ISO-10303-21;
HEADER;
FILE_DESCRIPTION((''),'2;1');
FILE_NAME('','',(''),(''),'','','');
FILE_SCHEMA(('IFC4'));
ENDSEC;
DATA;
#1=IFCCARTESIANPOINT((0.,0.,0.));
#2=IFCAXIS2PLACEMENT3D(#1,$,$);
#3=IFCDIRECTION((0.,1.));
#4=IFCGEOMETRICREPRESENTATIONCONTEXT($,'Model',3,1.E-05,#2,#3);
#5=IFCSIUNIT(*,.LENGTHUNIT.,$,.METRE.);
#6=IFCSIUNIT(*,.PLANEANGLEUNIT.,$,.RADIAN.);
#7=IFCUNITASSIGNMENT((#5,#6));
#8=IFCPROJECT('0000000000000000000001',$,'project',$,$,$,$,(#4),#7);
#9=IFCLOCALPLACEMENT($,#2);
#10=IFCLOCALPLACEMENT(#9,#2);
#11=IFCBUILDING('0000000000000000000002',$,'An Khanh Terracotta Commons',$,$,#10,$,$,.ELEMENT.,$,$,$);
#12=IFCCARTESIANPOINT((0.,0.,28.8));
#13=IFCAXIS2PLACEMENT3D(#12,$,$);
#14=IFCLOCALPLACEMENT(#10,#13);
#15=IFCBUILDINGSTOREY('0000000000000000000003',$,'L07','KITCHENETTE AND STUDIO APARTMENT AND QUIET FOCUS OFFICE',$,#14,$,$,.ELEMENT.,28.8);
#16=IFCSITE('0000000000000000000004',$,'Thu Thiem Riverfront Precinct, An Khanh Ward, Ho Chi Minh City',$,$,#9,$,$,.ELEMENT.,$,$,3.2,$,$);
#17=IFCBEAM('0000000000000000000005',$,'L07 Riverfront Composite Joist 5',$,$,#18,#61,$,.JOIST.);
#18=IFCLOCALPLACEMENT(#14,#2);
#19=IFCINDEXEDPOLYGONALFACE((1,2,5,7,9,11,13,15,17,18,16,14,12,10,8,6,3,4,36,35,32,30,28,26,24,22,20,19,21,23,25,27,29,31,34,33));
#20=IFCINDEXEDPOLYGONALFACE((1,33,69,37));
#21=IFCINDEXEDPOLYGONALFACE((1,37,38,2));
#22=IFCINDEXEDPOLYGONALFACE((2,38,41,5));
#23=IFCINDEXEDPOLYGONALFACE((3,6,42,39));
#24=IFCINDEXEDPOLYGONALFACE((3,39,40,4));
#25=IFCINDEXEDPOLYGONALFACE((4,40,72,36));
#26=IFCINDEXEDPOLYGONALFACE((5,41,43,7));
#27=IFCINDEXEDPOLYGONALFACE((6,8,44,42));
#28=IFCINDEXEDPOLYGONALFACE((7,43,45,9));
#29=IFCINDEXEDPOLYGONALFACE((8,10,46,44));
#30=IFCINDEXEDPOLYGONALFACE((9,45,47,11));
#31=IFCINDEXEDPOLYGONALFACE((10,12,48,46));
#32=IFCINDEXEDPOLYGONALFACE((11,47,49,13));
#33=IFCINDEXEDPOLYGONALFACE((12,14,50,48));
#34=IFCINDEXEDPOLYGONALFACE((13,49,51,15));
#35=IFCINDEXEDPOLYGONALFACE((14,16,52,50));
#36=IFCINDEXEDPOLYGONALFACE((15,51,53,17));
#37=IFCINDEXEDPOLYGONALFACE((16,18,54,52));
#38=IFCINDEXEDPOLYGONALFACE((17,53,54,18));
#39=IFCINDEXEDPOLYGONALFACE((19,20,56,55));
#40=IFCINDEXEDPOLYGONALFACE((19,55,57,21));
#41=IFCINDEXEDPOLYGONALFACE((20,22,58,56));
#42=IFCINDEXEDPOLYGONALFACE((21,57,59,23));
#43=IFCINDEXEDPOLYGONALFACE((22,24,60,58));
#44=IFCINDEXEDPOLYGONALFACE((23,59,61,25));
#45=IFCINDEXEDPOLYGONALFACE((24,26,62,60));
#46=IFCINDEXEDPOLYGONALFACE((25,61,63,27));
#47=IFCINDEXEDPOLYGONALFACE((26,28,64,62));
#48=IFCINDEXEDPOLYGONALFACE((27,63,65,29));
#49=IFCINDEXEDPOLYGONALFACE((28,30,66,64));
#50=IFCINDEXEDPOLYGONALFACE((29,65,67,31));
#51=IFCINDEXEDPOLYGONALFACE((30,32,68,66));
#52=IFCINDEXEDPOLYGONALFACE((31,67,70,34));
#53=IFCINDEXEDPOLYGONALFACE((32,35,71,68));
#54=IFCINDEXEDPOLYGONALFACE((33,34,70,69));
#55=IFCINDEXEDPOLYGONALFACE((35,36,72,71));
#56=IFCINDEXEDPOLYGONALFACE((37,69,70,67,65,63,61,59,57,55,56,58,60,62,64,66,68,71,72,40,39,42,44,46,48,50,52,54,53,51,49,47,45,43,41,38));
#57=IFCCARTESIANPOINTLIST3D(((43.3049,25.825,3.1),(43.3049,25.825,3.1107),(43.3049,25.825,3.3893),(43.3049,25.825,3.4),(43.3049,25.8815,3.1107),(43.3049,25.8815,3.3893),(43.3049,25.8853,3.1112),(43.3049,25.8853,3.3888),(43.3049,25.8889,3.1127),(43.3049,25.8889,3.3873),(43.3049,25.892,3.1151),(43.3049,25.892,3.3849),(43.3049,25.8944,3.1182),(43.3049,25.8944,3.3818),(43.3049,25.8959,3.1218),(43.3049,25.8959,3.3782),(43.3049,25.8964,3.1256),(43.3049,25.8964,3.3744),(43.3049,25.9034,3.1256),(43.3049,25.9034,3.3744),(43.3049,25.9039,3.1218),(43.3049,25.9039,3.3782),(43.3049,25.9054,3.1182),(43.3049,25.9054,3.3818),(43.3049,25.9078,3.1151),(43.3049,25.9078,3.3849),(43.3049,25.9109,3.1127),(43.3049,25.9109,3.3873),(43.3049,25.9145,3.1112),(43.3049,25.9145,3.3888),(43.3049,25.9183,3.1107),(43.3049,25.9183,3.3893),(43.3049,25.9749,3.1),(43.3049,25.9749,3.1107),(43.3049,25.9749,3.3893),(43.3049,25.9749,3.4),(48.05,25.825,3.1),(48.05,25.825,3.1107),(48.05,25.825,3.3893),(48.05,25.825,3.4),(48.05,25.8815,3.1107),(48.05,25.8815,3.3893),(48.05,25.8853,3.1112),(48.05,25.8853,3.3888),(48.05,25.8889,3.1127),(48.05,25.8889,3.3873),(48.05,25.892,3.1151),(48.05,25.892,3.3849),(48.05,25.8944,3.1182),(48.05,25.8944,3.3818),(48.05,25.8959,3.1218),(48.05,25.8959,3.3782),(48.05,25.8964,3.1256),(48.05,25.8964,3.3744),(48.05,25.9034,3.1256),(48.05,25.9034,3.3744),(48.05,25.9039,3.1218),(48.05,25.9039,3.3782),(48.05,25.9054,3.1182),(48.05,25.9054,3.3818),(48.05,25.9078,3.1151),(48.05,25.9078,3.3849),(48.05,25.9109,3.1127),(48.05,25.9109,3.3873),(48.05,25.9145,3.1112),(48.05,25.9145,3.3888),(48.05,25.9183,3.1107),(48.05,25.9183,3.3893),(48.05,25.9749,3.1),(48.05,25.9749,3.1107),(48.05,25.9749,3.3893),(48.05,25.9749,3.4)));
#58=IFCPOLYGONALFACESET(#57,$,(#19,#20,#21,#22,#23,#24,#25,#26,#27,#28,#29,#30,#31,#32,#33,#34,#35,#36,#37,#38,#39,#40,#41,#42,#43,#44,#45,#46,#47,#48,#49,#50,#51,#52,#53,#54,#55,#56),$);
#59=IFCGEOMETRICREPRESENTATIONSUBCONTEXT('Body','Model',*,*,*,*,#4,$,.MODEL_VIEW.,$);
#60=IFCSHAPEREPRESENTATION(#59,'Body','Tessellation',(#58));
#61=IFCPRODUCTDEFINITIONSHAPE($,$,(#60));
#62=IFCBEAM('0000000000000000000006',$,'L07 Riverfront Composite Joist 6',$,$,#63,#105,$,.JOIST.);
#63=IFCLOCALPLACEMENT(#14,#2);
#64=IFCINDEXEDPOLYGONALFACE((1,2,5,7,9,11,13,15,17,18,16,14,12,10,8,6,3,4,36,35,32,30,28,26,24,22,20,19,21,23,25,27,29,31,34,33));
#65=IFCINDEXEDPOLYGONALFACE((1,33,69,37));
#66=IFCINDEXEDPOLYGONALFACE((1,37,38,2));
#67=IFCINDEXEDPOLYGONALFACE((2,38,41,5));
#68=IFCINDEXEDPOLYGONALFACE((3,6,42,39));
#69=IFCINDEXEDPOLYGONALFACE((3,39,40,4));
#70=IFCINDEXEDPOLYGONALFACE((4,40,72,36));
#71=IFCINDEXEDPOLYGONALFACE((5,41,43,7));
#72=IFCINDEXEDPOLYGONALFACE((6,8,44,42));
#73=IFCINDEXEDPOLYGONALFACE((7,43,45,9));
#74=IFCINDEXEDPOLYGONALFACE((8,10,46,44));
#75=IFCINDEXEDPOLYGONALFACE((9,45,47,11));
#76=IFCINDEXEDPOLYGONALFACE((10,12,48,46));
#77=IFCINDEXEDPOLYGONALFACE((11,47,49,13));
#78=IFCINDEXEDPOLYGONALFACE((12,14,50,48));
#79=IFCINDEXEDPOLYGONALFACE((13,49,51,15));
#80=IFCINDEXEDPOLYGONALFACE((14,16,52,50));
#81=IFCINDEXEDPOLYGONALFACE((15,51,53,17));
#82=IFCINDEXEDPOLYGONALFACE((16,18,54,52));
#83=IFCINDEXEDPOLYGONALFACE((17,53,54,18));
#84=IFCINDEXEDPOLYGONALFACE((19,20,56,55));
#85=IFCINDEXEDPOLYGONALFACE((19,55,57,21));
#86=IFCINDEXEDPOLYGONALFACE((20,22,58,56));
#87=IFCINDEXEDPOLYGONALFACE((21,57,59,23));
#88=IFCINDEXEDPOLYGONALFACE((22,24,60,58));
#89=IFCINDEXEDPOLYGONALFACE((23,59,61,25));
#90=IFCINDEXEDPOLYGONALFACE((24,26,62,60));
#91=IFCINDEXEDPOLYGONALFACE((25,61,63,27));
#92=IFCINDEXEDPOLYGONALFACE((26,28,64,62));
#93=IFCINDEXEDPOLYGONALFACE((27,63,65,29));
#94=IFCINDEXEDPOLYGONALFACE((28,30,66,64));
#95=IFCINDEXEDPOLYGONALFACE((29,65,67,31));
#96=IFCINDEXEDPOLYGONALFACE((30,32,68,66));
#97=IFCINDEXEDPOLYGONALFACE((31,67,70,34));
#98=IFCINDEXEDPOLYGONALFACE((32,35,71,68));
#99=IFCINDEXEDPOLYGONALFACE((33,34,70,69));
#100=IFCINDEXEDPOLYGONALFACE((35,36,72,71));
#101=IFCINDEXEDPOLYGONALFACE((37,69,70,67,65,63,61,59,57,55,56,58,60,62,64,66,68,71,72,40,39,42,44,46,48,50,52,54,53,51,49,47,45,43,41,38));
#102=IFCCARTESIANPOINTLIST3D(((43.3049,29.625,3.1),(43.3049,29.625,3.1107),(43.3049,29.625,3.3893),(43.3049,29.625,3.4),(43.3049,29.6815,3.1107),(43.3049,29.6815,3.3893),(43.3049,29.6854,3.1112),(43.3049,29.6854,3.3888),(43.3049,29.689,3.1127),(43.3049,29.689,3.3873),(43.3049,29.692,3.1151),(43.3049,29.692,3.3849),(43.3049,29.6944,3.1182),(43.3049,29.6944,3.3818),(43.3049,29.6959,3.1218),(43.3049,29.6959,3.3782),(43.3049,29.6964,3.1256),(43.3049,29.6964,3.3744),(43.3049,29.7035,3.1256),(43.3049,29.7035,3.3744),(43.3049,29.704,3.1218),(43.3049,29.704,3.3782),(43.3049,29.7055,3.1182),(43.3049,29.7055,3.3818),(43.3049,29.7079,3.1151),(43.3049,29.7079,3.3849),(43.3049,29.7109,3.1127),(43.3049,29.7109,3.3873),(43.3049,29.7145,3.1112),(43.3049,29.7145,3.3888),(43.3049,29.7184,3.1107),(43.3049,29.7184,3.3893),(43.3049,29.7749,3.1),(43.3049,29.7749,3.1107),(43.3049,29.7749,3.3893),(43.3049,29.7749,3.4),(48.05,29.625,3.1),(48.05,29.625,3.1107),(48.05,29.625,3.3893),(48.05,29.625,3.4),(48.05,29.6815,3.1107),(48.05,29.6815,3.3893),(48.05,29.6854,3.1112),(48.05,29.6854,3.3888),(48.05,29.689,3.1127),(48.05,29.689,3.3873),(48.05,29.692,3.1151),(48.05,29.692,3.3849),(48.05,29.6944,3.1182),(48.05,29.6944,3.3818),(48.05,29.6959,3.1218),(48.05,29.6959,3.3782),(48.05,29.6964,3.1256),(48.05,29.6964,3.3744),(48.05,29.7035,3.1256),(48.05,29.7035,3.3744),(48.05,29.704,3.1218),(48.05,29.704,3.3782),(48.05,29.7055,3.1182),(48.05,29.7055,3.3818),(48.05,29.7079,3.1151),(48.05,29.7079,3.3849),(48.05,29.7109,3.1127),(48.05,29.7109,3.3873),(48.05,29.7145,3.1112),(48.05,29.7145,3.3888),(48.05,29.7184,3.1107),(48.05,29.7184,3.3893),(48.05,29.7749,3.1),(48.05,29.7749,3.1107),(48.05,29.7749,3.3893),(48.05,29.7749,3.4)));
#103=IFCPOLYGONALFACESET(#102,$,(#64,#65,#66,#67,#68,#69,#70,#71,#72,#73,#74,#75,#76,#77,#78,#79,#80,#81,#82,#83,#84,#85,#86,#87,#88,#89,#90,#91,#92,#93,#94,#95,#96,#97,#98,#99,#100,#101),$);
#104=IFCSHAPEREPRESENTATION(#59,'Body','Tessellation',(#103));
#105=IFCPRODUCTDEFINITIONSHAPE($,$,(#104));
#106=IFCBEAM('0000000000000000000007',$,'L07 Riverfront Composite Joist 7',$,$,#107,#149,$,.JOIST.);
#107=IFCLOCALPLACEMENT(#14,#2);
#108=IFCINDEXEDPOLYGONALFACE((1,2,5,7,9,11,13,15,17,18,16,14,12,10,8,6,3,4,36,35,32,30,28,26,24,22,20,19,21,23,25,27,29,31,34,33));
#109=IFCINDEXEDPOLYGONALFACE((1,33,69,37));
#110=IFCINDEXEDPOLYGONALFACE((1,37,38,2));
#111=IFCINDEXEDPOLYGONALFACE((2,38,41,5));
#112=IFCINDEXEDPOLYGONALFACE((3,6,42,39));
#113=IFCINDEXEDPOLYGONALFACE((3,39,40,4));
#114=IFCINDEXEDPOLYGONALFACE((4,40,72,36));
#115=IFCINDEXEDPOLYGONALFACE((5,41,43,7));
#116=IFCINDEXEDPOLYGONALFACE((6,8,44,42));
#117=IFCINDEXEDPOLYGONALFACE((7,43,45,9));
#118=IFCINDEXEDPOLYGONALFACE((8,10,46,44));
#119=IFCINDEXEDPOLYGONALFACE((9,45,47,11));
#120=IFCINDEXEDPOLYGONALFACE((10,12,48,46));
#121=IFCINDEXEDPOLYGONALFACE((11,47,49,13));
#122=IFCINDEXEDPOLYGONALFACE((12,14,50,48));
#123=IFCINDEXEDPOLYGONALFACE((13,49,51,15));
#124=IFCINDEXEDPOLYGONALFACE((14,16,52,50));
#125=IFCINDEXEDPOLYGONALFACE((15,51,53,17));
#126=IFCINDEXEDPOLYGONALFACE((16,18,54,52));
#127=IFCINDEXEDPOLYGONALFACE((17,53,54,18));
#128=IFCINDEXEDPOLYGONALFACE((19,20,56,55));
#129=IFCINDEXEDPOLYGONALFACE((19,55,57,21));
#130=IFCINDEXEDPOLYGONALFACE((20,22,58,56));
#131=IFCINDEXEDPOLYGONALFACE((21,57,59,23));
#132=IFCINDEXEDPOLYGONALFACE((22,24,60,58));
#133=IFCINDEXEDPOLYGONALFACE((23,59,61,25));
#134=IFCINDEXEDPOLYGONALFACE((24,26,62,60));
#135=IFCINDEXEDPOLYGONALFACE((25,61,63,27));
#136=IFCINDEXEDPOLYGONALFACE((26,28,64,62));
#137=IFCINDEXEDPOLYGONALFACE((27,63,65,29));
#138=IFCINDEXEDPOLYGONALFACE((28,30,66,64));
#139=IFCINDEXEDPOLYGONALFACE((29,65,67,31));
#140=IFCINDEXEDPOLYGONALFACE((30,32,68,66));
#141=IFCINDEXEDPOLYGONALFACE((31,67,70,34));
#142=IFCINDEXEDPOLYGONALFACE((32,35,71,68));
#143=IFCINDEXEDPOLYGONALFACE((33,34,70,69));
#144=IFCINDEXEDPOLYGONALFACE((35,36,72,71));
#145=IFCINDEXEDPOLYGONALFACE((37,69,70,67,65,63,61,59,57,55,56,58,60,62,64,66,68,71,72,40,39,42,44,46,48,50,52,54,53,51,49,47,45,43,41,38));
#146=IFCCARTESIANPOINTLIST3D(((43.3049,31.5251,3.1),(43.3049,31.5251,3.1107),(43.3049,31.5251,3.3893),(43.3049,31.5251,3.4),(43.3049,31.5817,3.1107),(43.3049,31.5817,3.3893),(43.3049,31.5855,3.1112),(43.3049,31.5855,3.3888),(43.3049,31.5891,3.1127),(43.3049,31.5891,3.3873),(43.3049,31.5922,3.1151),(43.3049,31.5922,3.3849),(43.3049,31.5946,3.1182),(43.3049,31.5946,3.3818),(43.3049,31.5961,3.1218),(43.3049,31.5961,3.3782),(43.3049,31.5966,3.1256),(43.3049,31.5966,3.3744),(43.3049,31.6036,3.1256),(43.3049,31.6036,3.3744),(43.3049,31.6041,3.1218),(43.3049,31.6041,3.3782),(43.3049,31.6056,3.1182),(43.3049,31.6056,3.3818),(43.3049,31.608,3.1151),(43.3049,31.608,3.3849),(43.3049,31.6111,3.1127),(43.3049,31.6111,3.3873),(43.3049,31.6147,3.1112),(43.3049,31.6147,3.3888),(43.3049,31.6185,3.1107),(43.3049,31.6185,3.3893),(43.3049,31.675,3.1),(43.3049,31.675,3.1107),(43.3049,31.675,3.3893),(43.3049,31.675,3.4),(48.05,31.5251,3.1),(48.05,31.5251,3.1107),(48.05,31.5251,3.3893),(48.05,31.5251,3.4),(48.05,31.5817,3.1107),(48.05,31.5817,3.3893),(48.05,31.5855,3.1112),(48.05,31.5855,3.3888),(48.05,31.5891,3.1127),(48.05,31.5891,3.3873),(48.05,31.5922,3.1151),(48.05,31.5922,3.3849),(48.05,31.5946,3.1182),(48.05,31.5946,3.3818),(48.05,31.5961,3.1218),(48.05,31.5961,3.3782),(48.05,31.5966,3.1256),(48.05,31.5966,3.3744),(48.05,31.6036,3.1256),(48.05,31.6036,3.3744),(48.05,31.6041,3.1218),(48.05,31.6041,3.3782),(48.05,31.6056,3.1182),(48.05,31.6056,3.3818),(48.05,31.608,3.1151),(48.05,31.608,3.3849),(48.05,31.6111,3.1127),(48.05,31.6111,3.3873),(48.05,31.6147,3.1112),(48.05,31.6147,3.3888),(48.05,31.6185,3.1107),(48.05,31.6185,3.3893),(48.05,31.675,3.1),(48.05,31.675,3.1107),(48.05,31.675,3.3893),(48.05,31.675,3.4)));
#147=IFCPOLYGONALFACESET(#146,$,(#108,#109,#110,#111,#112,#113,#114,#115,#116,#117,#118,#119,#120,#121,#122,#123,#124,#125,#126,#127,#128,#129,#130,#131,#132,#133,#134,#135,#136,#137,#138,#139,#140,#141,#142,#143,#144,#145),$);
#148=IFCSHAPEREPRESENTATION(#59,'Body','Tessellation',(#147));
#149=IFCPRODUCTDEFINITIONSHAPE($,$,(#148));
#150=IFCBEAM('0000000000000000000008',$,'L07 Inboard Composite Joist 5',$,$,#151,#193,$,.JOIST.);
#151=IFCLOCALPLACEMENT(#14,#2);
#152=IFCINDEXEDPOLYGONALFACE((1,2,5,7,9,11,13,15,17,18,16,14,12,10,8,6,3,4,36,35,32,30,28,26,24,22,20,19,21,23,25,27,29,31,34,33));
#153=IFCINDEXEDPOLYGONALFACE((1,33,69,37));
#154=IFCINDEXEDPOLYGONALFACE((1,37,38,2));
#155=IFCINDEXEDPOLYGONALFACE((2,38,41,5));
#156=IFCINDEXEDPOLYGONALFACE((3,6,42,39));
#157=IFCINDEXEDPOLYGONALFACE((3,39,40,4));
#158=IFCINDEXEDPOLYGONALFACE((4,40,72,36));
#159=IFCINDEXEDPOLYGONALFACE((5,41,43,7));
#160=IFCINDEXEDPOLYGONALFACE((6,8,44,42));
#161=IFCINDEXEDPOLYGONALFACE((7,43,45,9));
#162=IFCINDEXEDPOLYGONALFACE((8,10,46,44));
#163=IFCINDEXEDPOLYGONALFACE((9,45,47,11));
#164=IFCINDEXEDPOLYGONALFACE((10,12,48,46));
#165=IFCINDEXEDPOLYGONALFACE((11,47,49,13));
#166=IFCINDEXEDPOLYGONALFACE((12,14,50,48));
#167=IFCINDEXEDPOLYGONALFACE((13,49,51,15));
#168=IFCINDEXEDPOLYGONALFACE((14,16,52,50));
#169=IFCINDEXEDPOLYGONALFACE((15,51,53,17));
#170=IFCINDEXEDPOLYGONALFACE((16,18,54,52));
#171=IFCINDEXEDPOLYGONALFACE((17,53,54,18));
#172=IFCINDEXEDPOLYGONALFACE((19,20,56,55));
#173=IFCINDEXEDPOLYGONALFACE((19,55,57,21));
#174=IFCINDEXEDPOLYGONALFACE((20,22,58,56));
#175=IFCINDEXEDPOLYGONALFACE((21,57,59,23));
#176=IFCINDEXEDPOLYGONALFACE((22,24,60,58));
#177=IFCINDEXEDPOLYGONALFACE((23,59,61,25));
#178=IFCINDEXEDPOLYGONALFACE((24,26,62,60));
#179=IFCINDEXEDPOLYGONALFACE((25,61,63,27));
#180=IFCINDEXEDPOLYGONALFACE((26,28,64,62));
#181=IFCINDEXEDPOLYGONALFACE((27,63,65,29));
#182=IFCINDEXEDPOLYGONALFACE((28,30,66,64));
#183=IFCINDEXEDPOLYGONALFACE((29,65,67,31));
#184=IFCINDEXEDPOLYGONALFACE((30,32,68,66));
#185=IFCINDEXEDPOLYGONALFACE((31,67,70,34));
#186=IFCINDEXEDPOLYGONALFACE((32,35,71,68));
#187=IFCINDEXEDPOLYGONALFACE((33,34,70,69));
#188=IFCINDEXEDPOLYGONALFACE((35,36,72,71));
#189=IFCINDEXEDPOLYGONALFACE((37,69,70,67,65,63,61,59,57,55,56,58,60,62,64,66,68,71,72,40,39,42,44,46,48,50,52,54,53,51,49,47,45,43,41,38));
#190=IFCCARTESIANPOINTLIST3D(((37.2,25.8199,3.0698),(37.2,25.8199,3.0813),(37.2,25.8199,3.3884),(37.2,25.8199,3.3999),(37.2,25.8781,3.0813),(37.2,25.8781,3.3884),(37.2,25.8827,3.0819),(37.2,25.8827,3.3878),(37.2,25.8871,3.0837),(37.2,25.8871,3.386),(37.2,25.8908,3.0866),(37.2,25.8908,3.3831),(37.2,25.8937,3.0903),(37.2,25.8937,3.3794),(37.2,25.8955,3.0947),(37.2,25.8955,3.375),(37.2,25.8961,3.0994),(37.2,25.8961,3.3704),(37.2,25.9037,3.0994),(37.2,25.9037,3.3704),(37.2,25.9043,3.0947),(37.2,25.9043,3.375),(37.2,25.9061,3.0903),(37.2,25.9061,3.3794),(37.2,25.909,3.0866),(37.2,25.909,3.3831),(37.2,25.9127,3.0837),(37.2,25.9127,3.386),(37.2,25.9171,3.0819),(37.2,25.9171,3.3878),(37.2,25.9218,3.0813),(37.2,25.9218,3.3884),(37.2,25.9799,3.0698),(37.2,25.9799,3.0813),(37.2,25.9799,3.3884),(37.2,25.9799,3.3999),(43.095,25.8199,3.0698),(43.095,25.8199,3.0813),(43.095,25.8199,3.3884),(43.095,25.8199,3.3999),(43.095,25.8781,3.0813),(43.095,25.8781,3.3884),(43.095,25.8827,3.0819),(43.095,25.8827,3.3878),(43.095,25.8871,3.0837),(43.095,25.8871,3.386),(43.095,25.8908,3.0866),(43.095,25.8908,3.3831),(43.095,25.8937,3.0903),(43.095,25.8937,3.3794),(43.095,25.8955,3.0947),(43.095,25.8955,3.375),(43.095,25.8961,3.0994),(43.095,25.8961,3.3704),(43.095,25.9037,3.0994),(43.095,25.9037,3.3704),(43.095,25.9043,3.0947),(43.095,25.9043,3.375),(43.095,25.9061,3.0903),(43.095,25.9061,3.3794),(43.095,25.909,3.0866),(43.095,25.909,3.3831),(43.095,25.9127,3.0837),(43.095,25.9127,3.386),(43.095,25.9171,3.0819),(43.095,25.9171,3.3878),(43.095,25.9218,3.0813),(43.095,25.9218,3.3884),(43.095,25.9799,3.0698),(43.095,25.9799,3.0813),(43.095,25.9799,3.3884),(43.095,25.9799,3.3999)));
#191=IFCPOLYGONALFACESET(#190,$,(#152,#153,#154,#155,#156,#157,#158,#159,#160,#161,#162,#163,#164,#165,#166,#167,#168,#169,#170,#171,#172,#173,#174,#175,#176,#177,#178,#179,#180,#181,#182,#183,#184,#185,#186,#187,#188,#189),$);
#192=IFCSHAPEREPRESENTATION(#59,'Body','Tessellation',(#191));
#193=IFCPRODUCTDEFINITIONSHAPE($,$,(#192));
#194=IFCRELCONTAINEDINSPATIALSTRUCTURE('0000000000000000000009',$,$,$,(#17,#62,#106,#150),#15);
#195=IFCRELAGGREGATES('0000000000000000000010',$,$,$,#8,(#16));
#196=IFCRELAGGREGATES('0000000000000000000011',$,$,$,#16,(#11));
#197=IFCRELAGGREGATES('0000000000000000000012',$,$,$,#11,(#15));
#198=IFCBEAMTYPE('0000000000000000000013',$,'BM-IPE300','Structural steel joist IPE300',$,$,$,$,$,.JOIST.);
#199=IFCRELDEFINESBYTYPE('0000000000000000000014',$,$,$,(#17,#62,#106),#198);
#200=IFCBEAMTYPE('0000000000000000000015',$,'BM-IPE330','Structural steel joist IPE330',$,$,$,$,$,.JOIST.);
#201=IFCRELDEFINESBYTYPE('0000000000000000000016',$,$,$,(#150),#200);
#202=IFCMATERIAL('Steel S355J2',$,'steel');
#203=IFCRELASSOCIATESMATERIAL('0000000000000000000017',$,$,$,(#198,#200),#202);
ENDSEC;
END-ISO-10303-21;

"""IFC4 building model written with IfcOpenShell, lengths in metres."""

from ifc_helpers import new_model, si_unit, direction, frame, origin, origin_2d, place, context, subcontext, project, spatial, i_section, extrude, material, material_profile, profile_set, type_object, element, save


model = new_model("IFC4")

# Units and contexts
model_context = context("Model", 3, precision=1e-05, world=origin(), true_north=direction((0.0, 1.0)))
body_context = subcontext(model_context, "Body", "Model", "MODEL_VIEW")
ifc_project = project(units=[si_unit("LENGTHUNIT", "METRE"), si_unit("PLANEANGLEUNIT", "RADIAN")], contexts=[model_context])

# Site, building, storey
site_placement = place(None, origin())
site = spatial("IfcSite", under=ifc_project, at=site_placement, Name="Thu Thiem Riverfront Precinct, An Khanh Ward, Ho Chi Minh City", CompositionType="ELEMENT", RefElevation=3.2)
building_placement = place(site_placement, origin())
building = spatial("IfcBuilding", under=site, at=building_placement, Name="An Khanh Terracotta Commons", CompositionType="ELEMENT")
storey_placement = place(building_placement, frame((0.0, 0.0, 28.8)))
storey = spatial("IfcBuildingStorey", under=building, at=storey_placement, Name="L07", Description="KITCHENETTE AND STUDIO APARTMENT AND QUIET FOCUS OFFICE", CompositionType="ELEMENT", Elevation=28.8)

# Beams
ifc_material_1 = material(Name="Steel S355J2", Category="steel")
ifc_material_profile_1 = material_profile(ifc_material_1, i_section(OverallWidth=0.1499, OverallDepth=0.3, WebThickness=0.0071, FlangeThickness=0.0107, FilletRadius=0.0149, at=origin_2d()), Name="IPE300")
ifc_profile_set_1 = profile_set([ifc_material_profile_1], Name="Steel S355J2")
beam_type_1 = type_object("IfcBeamType", Name="BM-IPE300", Description="Structural steel joist IPE300", PredefinedType="JOIST", material=ifc_profile_set_1)
for number, where, z_axis, x_axis, name in (
    (1, (43.3049, 25.8999, 3.25), (1.0, 0.0, 0.0), (0.0, 1.0, 0.0), "L07 Riverfront Composite Joist 5"),
    (2, (43.3049, 29.7, 3.25), (1.0, 0.0, 0.0), (0.0, 1.0, 0.0), "L07 Riverfront Composite Joist 6"),
    (3, (43.3049, 31.6001, 3.25), (1.0, 0.0, 0.0), (0.0, 1.0, 0.0), "L07 Riverfront Composite Joist 7"),
):
    element("IfcBeam", number, at=place(storey_placement, frame(where, z_axis=z_axis, x_axis=x_axis)), inside=storey, type_object=beam_type_1, Name=name, PredefinedType="JOIST", context=body_context, shape_type="SweptSolid", body=[
        extrude(i_section(OverallWidth=0.1499, OverallDepth=0.3, WebThickness=0.0071, FlangeThickness=0.0107, FilletRadius=0.0149, at=origin_2d()), origin(), (0.0, 0.0, 1.0), 4.7451),
    ])
ifc_material_profile_2 = material_profile(ifc_material_1, i_section(OverallWidth=0.1599, OverallDepth=0.3301, WebThickness=0.0076, FlangeThickness=0.0115, FilletRadius=0.0181, at=origin_2d()), Name="IPE330")
ifc_profile_set_2 = profile_set([ifc_material_profile_2], Name="Steel S355J2")
beam_type_2 = type_object("IfcBeamType", Name="BM-IPE330", Description="Structural steel joist IPE330", PredefinedType="JOIST", material=ifc_profile_set_2)
for number, where, z_axis, x_axis, name in (
    (4, (37.2, 25.8999, 3.2349), (1.0, 0.0, 0.0), (0.0, 1.0, 0.0), "L07 Inboard Composite Joist 5"),
):
    element("IfcBeam", number, at=place(storey_placement, frame(where, z_axis=z_axis, x_axis=x_axis)), inside=storey, type_object=beam_type_2, Name=name, PredefinedType="JOIST", context=body_context, shape_type="SweptSolid", body=[
        extrude(i_section(OverallWidth=0.1599, OverallDepth=0.3301, WebThickness=0.0076, FlangeThickness=0.0115, FilletRadius=0.0181, at=origin_2d()), origin(), (0.0, 0.0, 1.0), 5.895),
    ])

save(model, "model.ifc")
